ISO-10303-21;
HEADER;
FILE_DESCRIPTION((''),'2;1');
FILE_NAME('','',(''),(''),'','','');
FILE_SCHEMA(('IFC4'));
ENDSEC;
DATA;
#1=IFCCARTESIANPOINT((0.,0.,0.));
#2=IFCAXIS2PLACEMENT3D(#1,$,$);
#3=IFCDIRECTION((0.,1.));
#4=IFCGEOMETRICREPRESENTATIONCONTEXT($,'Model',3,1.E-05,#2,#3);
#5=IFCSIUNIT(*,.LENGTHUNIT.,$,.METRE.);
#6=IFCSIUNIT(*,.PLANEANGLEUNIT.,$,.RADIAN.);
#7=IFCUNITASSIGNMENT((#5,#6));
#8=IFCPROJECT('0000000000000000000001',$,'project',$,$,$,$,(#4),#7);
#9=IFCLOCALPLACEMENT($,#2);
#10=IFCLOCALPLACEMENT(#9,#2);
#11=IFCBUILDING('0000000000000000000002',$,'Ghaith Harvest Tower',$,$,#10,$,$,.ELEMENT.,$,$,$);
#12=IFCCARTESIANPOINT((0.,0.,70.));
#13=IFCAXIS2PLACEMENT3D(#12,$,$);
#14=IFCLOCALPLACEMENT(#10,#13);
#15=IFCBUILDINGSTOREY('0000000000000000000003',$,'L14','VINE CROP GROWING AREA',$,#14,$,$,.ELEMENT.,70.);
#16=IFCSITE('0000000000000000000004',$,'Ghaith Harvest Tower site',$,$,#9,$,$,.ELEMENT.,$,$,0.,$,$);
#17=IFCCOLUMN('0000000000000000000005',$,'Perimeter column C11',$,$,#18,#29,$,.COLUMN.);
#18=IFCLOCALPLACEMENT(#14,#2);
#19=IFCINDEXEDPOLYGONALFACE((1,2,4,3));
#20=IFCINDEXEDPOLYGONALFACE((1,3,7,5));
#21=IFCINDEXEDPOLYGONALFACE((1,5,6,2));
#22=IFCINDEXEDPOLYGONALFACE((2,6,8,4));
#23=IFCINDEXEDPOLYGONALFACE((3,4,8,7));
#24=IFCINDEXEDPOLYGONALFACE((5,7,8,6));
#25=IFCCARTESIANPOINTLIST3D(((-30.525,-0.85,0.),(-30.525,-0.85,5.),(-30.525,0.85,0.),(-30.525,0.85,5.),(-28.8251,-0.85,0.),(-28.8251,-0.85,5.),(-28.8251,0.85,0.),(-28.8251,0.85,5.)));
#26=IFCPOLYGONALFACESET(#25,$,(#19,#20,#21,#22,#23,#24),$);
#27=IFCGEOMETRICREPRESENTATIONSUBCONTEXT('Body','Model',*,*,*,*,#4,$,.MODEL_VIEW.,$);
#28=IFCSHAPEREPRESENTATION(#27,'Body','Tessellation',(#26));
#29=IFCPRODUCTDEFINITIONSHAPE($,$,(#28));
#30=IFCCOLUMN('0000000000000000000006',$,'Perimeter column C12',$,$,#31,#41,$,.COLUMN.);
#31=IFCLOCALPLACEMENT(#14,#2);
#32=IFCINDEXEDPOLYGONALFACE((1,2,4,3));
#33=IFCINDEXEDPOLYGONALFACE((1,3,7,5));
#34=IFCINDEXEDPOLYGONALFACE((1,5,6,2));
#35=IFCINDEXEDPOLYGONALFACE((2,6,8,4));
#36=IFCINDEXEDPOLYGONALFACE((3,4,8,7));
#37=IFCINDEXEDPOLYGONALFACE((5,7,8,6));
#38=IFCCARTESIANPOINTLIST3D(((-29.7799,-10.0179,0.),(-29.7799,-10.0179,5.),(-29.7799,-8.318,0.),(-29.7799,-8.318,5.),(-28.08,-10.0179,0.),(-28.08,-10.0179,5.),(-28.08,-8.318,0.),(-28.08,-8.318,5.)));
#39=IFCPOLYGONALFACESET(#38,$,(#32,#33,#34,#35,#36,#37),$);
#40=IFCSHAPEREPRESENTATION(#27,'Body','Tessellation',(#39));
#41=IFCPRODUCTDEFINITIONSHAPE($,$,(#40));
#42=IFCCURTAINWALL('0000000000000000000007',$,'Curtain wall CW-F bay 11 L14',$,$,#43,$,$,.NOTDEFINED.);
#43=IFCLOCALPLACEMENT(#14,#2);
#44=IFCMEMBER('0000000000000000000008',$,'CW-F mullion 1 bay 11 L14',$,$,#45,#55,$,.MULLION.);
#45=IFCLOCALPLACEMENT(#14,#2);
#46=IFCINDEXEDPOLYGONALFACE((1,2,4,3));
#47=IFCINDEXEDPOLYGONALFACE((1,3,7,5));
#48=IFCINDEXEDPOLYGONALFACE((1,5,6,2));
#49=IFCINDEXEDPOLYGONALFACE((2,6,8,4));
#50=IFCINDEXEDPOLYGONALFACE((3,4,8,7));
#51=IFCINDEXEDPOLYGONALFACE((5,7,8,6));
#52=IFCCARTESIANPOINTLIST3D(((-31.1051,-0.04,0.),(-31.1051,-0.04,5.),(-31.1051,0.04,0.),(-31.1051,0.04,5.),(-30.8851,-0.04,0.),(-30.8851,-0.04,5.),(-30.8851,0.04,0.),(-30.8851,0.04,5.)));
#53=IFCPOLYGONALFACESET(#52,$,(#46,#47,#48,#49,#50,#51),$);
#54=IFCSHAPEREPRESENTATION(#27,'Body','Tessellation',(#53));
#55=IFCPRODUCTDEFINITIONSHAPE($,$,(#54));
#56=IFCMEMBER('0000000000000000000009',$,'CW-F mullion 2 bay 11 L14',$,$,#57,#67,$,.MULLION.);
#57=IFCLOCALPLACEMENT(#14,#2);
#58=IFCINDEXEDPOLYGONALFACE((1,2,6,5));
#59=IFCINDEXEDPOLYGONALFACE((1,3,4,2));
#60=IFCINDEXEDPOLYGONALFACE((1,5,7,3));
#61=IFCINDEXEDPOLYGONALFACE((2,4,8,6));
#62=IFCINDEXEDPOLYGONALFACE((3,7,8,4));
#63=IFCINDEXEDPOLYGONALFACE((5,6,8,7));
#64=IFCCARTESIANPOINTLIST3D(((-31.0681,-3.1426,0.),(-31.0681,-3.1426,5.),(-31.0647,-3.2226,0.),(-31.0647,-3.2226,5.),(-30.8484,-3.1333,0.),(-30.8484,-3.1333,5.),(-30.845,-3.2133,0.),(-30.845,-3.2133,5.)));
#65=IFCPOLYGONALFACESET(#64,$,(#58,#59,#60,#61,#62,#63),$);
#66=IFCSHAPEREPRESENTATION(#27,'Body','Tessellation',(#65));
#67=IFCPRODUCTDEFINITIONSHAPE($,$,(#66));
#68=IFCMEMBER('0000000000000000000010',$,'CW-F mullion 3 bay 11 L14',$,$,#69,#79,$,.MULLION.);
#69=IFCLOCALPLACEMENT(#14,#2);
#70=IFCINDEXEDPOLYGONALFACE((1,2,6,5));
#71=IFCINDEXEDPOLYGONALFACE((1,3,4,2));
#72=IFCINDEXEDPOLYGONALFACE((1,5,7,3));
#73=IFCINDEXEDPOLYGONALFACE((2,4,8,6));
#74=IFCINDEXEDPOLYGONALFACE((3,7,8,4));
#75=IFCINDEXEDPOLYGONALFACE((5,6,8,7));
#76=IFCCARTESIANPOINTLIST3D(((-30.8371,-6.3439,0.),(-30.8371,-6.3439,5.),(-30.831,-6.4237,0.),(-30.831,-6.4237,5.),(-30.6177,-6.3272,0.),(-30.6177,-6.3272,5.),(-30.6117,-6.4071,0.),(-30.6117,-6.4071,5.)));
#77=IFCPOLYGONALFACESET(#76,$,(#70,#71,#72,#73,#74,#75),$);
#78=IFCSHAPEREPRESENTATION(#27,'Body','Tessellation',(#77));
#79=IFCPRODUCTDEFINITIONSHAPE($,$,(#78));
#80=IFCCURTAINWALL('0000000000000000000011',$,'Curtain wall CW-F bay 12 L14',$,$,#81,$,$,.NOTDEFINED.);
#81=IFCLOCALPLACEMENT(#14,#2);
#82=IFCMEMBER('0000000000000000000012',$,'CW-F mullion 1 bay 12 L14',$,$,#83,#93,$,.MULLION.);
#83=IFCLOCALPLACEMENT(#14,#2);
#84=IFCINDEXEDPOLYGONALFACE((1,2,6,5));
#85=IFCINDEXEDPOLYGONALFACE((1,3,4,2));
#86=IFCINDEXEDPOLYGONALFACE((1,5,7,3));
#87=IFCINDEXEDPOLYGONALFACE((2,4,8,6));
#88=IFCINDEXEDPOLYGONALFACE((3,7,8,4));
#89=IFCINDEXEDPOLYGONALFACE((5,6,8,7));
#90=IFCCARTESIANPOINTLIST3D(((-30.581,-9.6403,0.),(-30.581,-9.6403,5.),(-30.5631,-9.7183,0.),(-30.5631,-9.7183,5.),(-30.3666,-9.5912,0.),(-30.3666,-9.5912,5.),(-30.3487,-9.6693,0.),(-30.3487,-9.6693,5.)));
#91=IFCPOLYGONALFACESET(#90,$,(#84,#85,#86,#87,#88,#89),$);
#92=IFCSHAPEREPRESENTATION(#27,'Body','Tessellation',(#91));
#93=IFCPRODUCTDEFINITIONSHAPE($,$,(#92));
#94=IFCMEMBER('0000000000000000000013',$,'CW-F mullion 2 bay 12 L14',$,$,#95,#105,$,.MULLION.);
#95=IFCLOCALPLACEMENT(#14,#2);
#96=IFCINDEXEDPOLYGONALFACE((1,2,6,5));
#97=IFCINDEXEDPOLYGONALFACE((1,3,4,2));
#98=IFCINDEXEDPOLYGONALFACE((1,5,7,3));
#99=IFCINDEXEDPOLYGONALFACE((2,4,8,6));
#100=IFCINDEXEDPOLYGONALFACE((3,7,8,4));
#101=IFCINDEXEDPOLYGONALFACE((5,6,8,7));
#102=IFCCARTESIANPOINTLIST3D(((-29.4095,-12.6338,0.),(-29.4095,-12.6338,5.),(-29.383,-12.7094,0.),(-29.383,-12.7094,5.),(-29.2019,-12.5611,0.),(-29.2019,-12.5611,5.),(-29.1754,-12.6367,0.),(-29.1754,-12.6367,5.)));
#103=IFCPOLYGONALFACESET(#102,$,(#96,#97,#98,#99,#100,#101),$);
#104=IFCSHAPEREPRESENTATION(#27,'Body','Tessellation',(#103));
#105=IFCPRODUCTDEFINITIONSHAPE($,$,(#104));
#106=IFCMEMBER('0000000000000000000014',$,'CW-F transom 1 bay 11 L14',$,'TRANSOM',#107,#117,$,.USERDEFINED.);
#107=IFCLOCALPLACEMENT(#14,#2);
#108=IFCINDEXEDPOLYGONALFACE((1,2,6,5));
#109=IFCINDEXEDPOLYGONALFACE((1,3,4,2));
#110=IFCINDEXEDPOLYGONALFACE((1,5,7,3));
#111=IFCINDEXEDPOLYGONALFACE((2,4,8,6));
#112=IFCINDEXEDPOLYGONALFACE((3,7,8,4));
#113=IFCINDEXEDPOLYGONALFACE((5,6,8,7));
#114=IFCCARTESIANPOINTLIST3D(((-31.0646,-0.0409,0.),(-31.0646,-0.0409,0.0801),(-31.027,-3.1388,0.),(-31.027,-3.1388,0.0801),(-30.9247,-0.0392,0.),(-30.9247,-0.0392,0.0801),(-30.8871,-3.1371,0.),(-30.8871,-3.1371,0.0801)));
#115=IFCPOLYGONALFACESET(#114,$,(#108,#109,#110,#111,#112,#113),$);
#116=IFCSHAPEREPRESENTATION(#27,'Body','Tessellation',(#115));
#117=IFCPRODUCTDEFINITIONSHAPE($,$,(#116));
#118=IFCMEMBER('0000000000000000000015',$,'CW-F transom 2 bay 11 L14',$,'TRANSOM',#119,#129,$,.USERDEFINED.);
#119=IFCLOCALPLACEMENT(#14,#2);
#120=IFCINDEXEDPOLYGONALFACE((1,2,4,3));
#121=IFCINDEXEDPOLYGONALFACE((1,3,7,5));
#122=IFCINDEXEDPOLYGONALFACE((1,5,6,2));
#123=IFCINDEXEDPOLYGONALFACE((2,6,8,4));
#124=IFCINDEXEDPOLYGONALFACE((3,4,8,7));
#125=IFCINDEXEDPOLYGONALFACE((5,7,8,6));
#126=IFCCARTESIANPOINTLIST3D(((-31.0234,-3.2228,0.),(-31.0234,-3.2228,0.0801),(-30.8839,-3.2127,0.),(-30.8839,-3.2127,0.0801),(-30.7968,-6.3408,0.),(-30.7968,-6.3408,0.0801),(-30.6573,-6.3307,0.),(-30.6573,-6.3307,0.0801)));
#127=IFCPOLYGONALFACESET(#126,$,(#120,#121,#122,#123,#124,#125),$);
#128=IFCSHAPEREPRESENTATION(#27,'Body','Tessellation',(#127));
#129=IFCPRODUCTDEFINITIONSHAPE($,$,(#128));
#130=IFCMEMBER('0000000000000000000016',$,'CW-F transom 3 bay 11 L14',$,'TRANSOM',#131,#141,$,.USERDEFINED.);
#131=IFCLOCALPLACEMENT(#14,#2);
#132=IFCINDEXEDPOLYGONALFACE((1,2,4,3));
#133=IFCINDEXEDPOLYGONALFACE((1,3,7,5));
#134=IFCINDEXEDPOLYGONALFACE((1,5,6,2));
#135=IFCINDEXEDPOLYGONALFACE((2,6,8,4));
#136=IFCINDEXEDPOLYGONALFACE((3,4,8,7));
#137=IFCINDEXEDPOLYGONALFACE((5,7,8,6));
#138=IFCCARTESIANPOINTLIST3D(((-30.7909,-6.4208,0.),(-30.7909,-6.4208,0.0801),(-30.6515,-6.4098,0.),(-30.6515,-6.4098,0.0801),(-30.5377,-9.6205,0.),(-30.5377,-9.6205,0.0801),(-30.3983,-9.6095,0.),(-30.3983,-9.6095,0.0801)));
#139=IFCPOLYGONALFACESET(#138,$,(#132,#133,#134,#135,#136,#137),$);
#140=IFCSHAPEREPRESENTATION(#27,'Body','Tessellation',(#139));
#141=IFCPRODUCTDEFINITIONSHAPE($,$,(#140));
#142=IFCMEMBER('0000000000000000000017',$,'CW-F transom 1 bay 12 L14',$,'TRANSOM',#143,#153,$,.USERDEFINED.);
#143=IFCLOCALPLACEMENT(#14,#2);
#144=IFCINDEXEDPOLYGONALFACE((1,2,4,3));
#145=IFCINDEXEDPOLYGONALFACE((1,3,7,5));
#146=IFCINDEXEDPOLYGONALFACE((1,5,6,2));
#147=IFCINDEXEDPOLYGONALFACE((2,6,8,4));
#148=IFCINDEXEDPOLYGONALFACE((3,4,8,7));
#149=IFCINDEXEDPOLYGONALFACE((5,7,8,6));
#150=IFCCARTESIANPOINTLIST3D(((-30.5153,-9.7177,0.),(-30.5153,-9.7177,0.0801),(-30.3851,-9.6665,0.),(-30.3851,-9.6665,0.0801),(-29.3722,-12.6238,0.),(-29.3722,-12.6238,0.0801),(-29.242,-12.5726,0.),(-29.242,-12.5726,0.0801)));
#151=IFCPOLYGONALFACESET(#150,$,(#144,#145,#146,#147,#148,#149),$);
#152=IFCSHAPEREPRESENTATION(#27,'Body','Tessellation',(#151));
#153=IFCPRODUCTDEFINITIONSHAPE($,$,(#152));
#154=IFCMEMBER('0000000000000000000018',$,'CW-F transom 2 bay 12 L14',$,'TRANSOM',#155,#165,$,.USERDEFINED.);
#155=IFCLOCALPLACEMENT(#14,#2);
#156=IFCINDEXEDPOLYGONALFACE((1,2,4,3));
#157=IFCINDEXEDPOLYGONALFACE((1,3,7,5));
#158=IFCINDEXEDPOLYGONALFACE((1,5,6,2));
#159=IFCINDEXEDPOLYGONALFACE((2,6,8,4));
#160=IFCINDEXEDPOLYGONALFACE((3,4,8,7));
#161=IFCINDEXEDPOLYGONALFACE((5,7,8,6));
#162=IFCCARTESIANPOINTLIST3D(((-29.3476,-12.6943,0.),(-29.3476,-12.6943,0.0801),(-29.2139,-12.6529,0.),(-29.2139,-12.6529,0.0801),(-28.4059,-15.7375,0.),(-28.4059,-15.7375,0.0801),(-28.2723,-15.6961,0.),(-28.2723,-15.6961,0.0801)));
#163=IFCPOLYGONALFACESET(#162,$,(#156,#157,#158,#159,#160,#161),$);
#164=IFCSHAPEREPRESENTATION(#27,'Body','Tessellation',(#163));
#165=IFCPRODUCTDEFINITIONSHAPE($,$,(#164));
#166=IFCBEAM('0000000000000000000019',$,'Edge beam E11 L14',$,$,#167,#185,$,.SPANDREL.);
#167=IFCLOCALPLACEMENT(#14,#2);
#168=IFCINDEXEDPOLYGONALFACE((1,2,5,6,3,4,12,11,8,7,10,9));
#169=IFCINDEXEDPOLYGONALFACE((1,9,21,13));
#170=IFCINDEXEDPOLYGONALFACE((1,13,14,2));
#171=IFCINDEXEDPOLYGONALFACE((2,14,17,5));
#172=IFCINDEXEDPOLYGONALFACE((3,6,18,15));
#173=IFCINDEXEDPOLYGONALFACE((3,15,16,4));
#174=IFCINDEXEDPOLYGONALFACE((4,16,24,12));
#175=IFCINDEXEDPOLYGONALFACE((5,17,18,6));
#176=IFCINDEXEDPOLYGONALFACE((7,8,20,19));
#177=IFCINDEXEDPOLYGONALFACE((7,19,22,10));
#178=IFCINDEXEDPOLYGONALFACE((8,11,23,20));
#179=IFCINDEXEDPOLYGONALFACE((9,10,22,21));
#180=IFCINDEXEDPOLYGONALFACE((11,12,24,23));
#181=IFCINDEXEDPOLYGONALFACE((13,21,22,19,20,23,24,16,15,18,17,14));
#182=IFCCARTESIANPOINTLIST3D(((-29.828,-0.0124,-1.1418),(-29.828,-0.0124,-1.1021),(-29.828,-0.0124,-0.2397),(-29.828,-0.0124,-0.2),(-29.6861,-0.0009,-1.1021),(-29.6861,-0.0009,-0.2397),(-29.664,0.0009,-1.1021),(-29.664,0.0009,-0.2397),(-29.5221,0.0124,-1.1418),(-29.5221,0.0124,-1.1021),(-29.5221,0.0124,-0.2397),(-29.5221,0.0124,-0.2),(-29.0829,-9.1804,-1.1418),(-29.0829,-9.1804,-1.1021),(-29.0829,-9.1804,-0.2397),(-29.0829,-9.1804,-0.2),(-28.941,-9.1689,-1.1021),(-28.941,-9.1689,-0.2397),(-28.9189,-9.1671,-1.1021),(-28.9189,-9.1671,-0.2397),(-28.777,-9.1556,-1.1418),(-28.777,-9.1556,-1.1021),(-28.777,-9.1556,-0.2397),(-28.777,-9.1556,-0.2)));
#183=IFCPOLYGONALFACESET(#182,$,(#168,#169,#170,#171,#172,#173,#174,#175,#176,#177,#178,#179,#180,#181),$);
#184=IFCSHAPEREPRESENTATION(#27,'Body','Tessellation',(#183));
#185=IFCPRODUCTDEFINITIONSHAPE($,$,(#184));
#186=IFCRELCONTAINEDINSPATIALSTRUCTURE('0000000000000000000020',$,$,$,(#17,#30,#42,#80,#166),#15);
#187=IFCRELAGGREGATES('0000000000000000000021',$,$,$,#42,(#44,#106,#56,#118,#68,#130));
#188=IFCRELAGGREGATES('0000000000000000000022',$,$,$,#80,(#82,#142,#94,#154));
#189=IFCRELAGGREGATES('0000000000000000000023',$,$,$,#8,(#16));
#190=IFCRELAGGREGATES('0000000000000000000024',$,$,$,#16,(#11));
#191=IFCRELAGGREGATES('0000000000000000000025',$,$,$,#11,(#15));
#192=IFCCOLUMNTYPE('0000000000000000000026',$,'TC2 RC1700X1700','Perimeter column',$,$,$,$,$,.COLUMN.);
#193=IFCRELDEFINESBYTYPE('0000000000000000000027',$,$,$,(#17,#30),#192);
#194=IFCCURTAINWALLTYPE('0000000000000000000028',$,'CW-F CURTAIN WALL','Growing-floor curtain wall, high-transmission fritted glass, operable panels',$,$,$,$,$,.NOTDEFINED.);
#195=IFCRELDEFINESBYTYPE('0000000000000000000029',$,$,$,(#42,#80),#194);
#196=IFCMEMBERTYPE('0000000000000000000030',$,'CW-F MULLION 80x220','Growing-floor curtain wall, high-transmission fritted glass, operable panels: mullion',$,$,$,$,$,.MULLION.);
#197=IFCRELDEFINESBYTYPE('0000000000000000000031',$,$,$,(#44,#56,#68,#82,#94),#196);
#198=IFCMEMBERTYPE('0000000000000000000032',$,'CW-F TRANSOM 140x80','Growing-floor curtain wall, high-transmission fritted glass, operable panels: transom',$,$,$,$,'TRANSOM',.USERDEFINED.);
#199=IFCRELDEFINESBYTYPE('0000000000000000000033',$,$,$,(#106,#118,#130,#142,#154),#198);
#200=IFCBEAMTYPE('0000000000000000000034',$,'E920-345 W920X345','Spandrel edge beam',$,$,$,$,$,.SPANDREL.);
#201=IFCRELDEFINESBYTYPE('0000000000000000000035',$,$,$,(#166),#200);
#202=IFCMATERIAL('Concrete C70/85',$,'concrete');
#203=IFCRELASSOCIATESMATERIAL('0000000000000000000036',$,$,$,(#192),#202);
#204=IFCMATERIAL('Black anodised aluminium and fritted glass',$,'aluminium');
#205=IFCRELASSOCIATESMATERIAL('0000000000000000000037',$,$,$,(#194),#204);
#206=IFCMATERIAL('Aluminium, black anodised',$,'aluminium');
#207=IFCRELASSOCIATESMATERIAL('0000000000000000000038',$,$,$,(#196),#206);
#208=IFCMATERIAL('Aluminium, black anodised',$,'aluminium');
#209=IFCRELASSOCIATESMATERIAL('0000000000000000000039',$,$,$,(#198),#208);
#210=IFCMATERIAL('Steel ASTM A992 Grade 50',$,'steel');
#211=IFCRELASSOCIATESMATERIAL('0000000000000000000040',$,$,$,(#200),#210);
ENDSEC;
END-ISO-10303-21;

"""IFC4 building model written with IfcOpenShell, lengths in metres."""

from ifc_helpers import new_model, si_unit, direction, frame, origin, origin_2d, place, context, subcontext, project, spatial, rectangle, i_section, extrude, material, material_profile, profile_set, type_object, element, aggregate, save


model = new_model("IFC4")

# Units and contexts
model_context = context("Model", 3, precision=1e-05, world=origin(), true_north=direction((0.0, 1.0)))
body_context = subcontext(model_context, "Body", "Model", "MODEL_VIEW")
ifc_project = project(units=[si_unit("LENGTHUNIT", "METRE"), si_unit("PLANEANGLEUNIT", "RADIAN")], contexts=[model_context])

# Site, building, storey
site_placement = place(None, origin())
site = spatial("IfcSite", under=ifc_project, at=site_placement, Name="Ghaith Harvest Tower site", CompositionType="ELEMENT", RefElevation=0.0)
building_placement = place(site_placement, origin())
building = spatial("IfcBuilding", under=site, at=building_placement, Name="Ghaith Harvest Tower", CompositionType="ELEMENT")
storey_placement = place(building_placement, frame((0.0, 0.0, 70.0)))
storey = spatial("IfcBuildingStorey", under=building, at=storey_placement, Name="L14", Description="VINE CROP GROWING AREA", CompositionType="ELEMENT", Elevation=70.0)

# Columns
ifc_material_1 = material(Name="Concrete C70/85", Category="concrete")
ifc_material_profile_1 = material_profile(ifc_material_1, rectangle(XDim=1.7, YDim=1.7, at=origin_2d()), Name="RC1700X1700")
ifc_profile_set_1 = profile_set([ifc_material_profile_1], Name="Concrete C70/85")
column_type = type_object("IfcColumnType", Name="TC2 RC1700X1700", Description="Perimeter column", PredefinedType="COLUMN", material=ifc_profile_set_1)
for number, where, z_axis, x_axis, name in (
    (1, (-29.675, 0.0, 0.0), (0.0, 0.0, 1.0), (1.0, 0.0, 0.0), "Perimeter column C11"),
    (2, (-28.9299, -9.168, 0.0), (0.0, 0.0, 1.0), (1.0, 0.0, 0.0), "Perimeter column C12"),
):
    element("IfcColumn", number, at=place(storey_placement, frame(where, z_axis=z_axis, x_axis=x_axis)), inside=storey, type_object=column_type, Name=name, PredefinedType="COLUMN", context=body_context, shape_type="SweptSolid", body=[
        extrude(rectangle(XDim=1.7, YDim=1.7, at=origin_2d()), origin(), (0.0, 0.0, 1.0), 5.0),
    ])

# Curtain walls, members
ifc_material_2 = material(Name="Black anodised aluminium and fritted glass", Category="aluminium")
curtain_wall_type = type_object("IfcCurtainWallType", Name="CW-F CURTAIN WALL", Description="Growing-floor curtain wall, high-transmission fritted glass, operable panels", PredefinedType="NOTDEFINED", material=ifc_material_2)
curtain_wall_1_placement = place(storey_placement, origin())
curtain_wall_1 = element("IfcCurtainWall", 3, at=curtain_wall_1_placement, inside=storey, type_object=curtain_wall_type, Name="Curtain wall CW-F bay 11 L14", PredefinedType="NOTDEFINED")
ifc_material_3 = material(Name="Aluminium, black anodised", Category="aluminium")
ifc_material_profile_2 = material_profile(ifc_material_3, rectangle(XDim=0.0801, YDim=0.22, at=origin_2d()), Name="CW-F MULLION 80x220")
ifc_profile_set_2 = profile_set([ifc_material_profile_2], Name="Aluminium, black anodised")
member_type_1 = type_object("IfcMemberType", Name="CW-F MULLION 80x220", Description="Growing-floor curtain wall, high-transmission fritted glass, operable panels: mullion", PredefinedType="MULLION", material=ifc_profile_set_2)
member_1_placement = place(storey_placement, frame((-30.9951, 0.0, 0.0), z_axis=(0.0, 0.0, 1.0), x_axis=(0.0, -1.0, 0.0)))
member_1 = element("IfcMember", 4, at=member_1_placement, type_object=member_type_1, Name="CW-F mullion 1 bay 11 L14", PredefinedType="MULLION", context=body_context, shape_type="SweptSolid", body=[
    extrude(rectangle(XDim=0.0801, YDim=0.22, at=origin_2d()), origin(), (0.0, 0.0, 1.0), 5.0),
])
member_2_placement = place(storey_placement, frame((-30.9565, -3.178, 0.0), z_axis=(0.0, 0.0, 1.0), x_axis=(0.042427, -0.9991, 0.0)))
member_2 = element("IfcMember", 5, at=member_2_placement, type_object=member_type_1, Name="CW-F mullion 2 bay 11 L14", PredefinedType="MULLION", context=body_context, shape_type="SweptSolid", body=[
    extrude(rectangle(XDim=0.0801, YDim=0.22, at=origin_2d()), origin(), (0.0, 0.0, 1.0), 5.0),
])
member_3_placement = place(storey_placement, frame((-30.7244, -6.3755, 0.0), z_axis=(0.0, 0.0, 1.0), x_axis=(0.075686, -0.997132, 0.0)))
member_3 = element("IfcMember", 6, at=member_3_placement, type_object=member_type_1, Name="CW-F mullion 3 bay 11 L14", PredefinedType="MULLION", context=body_context, shape_type="SweptSolid", body=[
    extrude(rectangle(XDim=0.0801, YDim=0.22, at=origin_2d()), origin(), (0.0, 0.0, 1.0), 5.0),
])
curtain_wall_2_placement = place(storey_placement, origin())
curtain_wall_2 = element("IfcCurtainWall", 7, at=curtain_wall_2_placement, inside=storey, type_object=curtain_wall_type, Name="Curtain wall CW-F bay 12 L14", PredefinedType="NOTDEFINED")
member_4_placement = place(storey_placement, frame((-30.4648, -9.6548, 0.0), z_axis=(0.0, 0.0, 1.0), x_axis=(0.222967, -0.974826, 0.0)))
member_4 = element("IfcMember", 8, at=member_4_placement, type_object=member_type_1, Name="CW-F mullion 1 bay 12 L14", PredefinedType="MULLION", context=body_context, shape_type="SweptSolid", body=[
    extrude(rectangle(XDim=0.0801, YDim=0.22, at=origin_2d()), origin(), (0.0, 0.0, 1.0), 5.0),
])
member_5_placement = place(storey_placement, frame((-29.2925, -12.6353, 0.0), z_axis=(0.0, 0.0, 1.0), x_axis=(0.330701, -0.943736, 0.0)))
member_5 = element("IfcMember", 9, at=member_5_placement, type_object=member_type_1, Name="CW-F mullion 2 bay 12 L14", PredefinedType="MULLION", context=body_context, shape_type="SweptSolid", body=[
    extrude(rectangle(XDim=0.0801, YDim=0.22, at=origin_2d()), origin(), (0.0, 0.0, 1.0), 5.0),
])

# Members
ifc_material_4 = material(Name="Aluminium, black anodised", Category="aluminium")
ifc_material_profile_3 = material_profile(ifc_material_4, rectangle(XDim=0.1399, YDim=0.0801, at=origin_2d()), Name="CW-F TRANSOM 140x80")
ifc_profile_set_3 = profile_set([ifc_material_profile_3], Name="Aluminium, black anodised")
member_type_2 = type_object("IfcMemberType", Name="CW-F TRANSOM 140x80", Description="Growing-floor curtain wall, high-transmission fritted glass, operable panels: transom", ElementType="TRANSOM", PredefinedType="USERDEFINED", material=ifc_profile_set_3)
member_6_placement = place(storey_placement, frame((-30.9946, -0.04, 0.04), z_axis=(0.012136, -0.999926, 0.0), x_axis=(0.999926, 0.012136, 0.0)))
member_6 = element("IfcMember", 10, at=member_6_placement, type_object=member_type_2, Name="CW-F transom 1 bay 11 L14", ObjectType="TRANSOM", PredefinedType="USERDEFINED", context=body_context, shape_type="SweptSolid", body=[
    extrude(rectangle(XDim=0.1399, YDim=0.0801, at=origin_2d()), origin(), (0.0, 0.0, 1.0), 3.0981),
])
member_7_placement = place(storey_placement, frame((-30.9536, -3.2178, 0.04), z_axis=(0.072474, -0.99737, 0.0), x_axis=(0.99737, 0.072474, 0.0)))
member_7 = element("IfcMember", 11, at=member_7_placement, type_object=member_type_2, Name="CW-F transom 2 bay 11 L14", ObjectType="TRANSOM", PredefinedType="USERDEFINED", context=body_context, shape_type="SweptSolid", body=[
    extrude(rectangle(XDim=0.1399, YDim=0.0801, at=origin_2d()), origin(), (0.0, 0.0, 1.0), 3.1262),
])
member_8_placement = place(storey_placement, frame((-30.7212, -6.4153, 0.04), z_axis=(0.078878, -0.996884, 0.0), x_axis=(0.996884, 0.078878, 0.0)))
member_8 = element("IfcMember", 12, at=member_8_placement, type_object=member_type_2, Name="CW-F transom 3 bay 11 L14", ObjectType="TRANSOM", PredefinedType="USERDEFINED", context=body_context, shape_type="SweptSolid", body=[
    extrude(rectangle(XDim=0.1399, YDim=0.0801, at=origin_2d()), origin(), (0.0, 0.0, 1.0), 3.2097),
])
member_9_placement = place(storey_placement, frame((-30.4502, -9.6921, 0.04), z_axis=(0.366047, -0.930597, 0.0), x_axis=(0.930597, 0.366047, 0.0)))
member_9 = element("IfcMember", 13, at=member_9_placement, type_object=member_type_2, Name="CW-F transom 1 bay 12 L14", ObjectType="TRANSOM", PredefinedType="USERDEFINED", context=body_context, shape_type="SweptSolid", body=[
    extrude(rectangle(XDim=0.1399, YDim=0.0801, at=origin_2d()), origin(), (0.0, 0.0, 1.0), 3.1228),
])
member_10_placement = place(storey_placement, frame((-29.2808, -12.6736, 0.04), z_axis=(0.295599, -0.955312, 0.0), x_axis=(0.955312, 0.295599, 0.0)))
member_10 = element("IfcMember", 14, at=member_10_placement, type_object=member_type_2, Name="CW-F transom 2 bay 12 L14", ObjectType="TRANSOM", PredefinedType="USERDEFINED", context=body_context, shape_type="SweptSolid", body=[
    extrude(rectangle(XDim=0.1399, YDim=0.0801, at=origin_2d()), origin(), (0.0, 0.0, 1.0), 3.1855),
])

# Beam
ifc_material_5 = material(Name="Steel ASTM A992 Grade 50", Category="steel")
ifc_material_profile_4 = material_profile(ifc_material_5, i_section(OverallWidth=0.3069, OverallDepth=0.9419, WebThickness=0.0222, FlangeThickness=0.0398, at=origin_2d()), Name="W920X345")
ifc_profile_set_4 = profile_set([ifc_material_profile_4], Name="Steel ASTM A992 Grade 50")
beam_type_1 = type_object("IfcBeamType", Name="E920-345 W920X345", Description="Spandrel edge beam", PredefinedType="SPANDREL", material=ifc_profile_set_4)
beam_1_placement = place(storey_placement, frame((-29.675, 0.0, -0.6709), z_axis=(0.081007, -0.996714, 0.0), x_axis=(0.996714, 0.081007, 0.0)))
element("IfcBeam", 15, at=beam_1_placement, inside=storey, type_object=beam_type_1, Name="Edge beam E11 L14", PredefinedType="SPANDREL", context=body_context, shape_type="SweptSolid", body=[
    extrude(i_section(OverallWidth=0.3069, OverallDepth=0.9419, WebThickness=0.0222, FlangeThickness=0.0398, at=origin_2d()), origin(), (0.0, 0.0, 1.0), 9.1982),
])

aggregate(curtain_wall_1, [member_1, member_6, member_2, member_7, member_3, member_8])
aggregate(curtain_wall_2, [member_4, member_9, member_5, member_10])

save(model, "model.ifc")
